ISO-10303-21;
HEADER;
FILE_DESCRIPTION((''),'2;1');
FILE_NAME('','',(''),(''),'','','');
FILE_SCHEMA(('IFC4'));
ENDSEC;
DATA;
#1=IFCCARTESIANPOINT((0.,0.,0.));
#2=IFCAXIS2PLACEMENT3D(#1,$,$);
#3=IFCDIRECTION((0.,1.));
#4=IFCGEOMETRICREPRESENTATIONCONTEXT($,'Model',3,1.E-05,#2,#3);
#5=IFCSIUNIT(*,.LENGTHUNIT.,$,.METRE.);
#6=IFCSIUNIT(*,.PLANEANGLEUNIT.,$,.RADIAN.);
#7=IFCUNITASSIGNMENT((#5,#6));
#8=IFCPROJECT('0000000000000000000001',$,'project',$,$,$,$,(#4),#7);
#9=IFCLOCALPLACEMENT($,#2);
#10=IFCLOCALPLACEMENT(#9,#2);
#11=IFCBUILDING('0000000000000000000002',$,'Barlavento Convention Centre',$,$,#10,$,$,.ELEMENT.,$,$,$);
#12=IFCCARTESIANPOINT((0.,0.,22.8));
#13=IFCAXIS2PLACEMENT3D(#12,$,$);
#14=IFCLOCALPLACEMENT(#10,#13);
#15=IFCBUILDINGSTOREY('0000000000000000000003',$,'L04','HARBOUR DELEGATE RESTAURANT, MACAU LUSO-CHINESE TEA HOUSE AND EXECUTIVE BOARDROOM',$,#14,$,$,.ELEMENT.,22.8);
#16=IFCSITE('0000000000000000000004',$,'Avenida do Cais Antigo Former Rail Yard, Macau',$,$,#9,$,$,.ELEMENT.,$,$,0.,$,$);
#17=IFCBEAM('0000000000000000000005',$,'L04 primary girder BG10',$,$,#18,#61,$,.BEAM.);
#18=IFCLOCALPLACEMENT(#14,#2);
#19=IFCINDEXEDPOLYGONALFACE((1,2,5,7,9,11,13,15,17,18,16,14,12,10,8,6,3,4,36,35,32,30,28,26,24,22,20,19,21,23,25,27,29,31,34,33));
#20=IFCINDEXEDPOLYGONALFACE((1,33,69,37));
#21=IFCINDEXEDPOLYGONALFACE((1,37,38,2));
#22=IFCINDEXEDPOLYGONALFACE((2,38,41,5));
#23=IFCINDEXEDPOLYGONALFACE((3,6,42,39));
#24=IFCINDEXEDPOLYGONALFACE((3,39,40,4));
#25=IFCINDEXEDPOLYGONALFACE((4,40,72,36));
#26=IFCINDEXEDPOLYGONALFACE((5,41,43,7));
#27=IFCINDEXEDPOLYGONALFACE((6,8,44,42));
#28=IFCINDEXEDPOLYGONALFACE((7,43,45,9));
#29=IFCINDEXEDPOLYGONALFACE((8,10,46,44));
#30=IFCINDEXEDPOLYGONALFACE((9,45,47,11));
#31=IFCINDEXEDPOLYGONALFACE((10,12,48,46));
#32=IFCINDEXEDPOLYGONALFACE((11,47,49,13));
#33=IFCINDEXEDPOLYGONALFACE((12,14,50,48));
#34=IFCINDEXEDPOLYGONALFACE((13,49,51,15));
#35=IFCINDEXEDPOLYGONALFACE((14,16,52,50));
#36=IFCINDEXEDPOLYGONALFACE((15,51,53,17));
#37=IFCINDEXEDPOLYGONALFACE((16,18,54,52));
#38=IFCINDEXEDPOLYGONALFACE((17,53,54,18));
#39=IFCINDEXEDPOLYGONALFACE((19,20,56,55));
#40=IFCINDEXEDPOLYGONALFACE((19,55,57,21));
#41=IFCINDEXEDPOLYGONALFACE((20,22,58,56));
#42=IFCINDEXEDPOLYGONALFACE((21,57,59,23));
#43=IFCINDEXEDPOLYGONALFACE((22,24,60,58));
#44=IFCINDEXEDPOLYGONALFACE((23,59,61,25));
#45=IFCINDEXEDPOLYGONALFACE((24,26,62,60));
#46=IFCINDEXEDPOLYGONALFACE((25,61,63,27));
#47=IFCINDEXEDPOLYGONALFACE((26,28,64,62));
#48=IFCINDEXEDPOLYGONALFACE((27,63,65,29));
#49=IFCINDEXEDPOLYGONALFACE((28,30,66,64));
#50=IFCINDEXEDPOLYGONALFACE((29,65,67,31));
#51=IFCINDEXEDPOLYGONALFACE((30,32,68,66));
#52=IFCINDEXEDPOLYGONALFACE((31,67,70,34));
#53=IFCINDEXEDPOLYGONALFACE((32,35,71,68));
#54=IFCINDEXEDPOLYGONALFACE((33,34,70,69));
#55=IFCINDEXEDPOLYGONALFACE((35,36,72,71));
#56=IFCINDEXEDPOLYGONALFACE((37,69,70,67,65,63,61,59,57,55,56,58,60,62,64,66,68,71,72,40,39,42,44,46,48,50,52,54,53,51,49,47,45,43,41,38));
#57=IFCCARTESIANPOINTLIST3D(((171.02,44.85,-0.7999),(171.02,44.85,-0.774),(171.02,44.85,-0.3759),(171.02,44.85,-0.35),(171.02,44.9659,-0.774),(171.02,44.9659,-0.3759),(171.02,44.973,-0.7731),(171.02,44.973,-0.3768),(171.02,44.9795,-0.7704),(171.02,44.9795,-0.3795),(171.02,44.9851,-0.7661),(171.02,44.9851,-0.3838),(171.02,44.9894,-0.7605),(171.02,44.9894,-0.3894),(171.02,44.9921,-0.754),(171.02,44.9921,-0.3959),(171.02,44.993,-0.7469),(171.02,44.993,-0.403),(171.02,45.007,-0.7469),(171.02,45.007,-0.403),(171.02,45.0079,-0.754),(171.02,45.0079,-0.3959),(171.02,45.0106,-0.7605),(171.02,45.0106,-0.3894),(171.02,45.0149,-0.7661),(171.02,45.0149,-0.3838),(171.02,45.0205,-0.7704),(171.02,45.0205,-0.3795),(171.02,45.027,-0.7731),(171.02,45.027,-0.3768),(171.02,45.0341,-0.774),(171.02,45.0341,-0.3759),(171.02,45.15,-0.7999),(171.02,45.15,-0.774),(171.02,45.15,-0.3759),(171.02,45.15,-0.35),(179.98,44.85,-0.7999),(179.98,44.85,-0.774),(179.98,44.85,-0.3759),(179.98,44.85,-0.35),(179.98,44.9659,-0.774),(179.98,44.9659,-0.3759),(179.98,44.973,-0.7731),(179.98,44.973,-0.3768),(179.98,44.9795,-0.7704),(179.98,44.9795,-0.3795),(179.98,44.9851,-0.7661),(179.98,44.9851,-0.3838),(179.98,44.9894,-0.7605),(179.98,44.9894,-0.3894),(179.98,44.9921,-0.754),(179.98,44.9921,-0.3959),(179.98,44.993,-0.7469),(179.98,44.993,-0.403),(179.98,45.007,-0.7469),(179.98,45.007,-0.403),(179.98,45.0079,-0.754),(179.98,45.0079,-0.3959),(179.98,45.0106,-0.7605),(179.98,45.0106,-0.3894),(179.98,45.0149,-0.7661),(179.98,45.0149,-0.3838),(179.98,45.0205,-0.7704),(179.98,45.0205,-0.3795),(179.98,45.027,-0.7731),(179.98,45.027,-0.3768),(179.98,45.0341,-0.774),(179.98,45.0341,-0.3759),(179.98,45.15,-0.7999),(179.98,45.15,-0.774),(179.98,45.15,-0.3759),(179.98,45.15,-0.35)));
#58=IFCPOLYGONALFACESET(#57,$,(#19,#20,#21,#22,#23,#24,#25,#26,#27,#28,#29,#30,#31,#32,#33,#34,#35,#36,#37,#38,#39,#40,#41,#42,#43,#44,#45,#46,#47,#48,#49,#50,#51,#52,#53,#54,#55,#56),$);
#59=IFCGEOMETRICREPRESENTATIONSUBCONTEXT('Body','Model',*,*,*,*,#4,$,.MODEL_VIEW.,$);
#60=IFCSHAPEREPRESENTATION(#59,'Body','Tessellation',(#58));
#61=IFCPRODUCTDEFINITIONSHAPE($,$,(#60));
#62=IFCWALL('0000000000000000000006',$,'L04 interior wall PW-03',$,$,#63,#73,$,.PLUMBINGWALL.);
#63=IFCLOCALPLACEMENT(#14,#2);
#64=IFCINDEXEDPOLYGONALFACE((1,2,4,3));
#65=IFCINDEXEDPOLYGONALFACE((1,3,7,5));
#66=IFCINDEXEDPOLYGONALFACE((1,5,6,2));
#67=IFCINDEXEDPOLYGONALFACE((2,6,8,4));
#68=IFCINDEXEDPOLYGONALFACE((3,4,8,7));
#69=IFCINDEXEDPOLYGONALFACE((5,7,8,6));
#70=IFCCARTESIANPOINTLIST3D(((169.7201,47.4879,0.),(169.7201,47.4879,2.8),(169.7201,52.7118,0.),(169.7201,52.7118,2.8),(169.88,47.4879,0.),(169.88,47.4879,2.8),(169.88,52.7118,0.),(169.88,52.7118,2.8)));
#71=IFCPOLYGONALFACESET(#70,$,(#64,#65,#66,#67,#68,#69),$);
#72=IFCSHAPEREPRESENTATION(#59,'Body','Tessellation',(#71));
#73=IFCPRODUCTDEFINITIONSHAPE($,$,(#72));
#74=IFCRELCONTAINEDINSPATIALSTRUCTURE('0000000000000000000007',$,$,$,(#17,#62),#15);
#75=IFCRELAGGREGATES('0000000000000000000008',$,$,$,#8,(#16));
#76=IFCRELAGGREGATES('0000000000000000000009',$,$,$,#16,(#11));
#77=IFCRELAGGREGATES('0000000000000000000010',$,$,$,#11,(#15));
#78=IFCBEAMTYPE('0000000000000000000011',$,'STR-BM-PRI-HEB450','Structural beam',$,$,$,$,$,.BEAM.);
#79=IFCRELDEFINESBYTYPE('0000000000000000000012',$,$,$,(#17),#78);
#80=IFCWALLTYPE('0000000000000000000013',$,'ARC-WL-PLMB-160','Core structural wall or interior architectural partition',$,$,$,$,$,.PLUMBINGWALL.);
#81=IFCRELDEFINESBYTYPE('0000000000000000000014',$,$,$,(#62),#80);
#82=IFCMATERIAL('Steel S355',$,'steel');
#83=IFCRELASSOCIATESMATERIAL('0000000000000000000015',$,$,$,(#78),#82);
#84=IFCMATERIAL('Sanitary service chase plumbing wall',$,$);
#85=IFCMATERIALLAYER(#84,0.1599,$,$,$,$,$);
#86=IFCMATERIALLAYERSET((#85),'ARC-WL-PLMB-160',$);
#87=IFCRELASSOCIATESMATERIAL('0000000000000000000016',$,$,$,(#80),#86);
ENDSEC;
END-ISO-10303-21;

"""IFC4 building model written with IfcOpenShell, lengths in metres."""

from ifc_helpers import new_model, si_unit, direction, frame, frame_2d, origin, origin_2d, place, context, subcontext, project, spatial, rectangle, i_section, extrude, material, layer, layer_set, material_profile, profile_set, type_object, element, save


model = new_model("IFC4")

# Units and contexts
model_context = context("Model", 3, precision=1e-05, world=origin(), true_north=direction((0.0, 1.0)))
body_context = subcontext(model_context, "Body", "Model", "MODEL_VIEW")
ifc_project = project(units=[si_unit("LENGTHUNIT", "METRE"), si_unit("PLANEANGLEUNIT", "RADIAN")], contexts=[model_context])

# Site, building, storey
site_placement = place(None, origin())
site = spatial("IfcSite", under=ifc_project, at=site_placement, Name="Avenida do Cais Antigo Former Rail Yard, Macau", CompositionType="ELEMENT", RefElevation=0.0)
building_placement = place(site_placement, origin())
building = spatial("IfcBuilding", under=site, at=building_placement, Name="Barlavento Convention Centre", CompositionType="ELEMENT")
storey_placement = place(building_placement, frame((0.0, 0.0, 22.8)))
storey = spatial("IfcBuildingStorey", under=building, at=storey_placement, Name="L04", Description="HARBOUR DELEGATE RESTAURANT, MACAU LUSO-CHINESE TEA HOUSE AND EXECUTIVE BOARDROOM", CompositionType="ELEMENT", Elevation=22.8)

# Shared definitions
ifc_material_1 = material(Name="Steel S355", Category="steel")

# Beam
ifc_material_profile_1 = material_profile(ifc_material_1, i_section(OverallWidth=0.3, OverallDepth=0.45, WebThickness=0.0139, FlangeThickness=0.0259, FilletRadius=0.0271, at=origin_2d()), Name="HEB 450")
ifc_profile_set_1 = profile_set([ifc_material_profile_1], Name="Steel S355")
beam_type_1 = type_object("IfcBeamType", Name="STR-BM-PRI-HEB450", Description="Structural beam", PredefinedType="BEAM", material=ifc_profile_set_1)
beam_1_placement = place(storey_placement, frame((171.02, 45.0, -0.575), z_axis=(1.0, 0.0, 0.0), x_axis=(0.0, 1.0, 0.0)))
element("IfcBeam", 1, at=beam_1_placement, inside=storey, type_object=beam_type_1, Name="L04 primary girder BG10", PredefinedType="BEAM", context=body_context, shape_type="SweptSolid", body=[
    extrude(i_section(OverallWidth=0.3, OverallDepth=0.45, WebThickness=0.0139, FlangeThickness=0.0259, FilletRadius=0.0271, at=origin_2d()), origin(), (0.0, 0.0, 1.0), 8.96),
])

# Wall
ifc_material_2 = material(Name="Sanitary service chase plumbing wall")
ifc_layer_1 = layer(ifc_material_2, 0.1599)
ifc_layer_set_1 = layer_set([ifc_layer_1], Name="ARC-WL-PLMB-160")
wall_type = type_object("IfcWallType", Name="ARC-WL-PLMB-160", Description="Core structural wall or interior architectural partition", PredefinedType="PLUMBINGWALL", material=ifc_layer_set_1)
wall_placement = place(storey_placement, frame((169.8, 47.488, 0.0), z_axis=(0.0, 0.0, 1.0), x_axis=(0.0, 1.0, 0.0)))
element("IfcWall", 2, at=wall_placement, inside=storey, type_object=wall_type, Name="L04 interior wall PW-03", PredefinedType="PLUMBINGWALL", context=body_context, shape_type="SweptSolid", body=[
    extrude(rectangle(XDim=5.2239, YDim=0.1599, at=frame_2d((2.6118, 0.0))), origin(), (0.0, 0.0, 1.0), 2.8),
])

save(model, "model.ifc")
